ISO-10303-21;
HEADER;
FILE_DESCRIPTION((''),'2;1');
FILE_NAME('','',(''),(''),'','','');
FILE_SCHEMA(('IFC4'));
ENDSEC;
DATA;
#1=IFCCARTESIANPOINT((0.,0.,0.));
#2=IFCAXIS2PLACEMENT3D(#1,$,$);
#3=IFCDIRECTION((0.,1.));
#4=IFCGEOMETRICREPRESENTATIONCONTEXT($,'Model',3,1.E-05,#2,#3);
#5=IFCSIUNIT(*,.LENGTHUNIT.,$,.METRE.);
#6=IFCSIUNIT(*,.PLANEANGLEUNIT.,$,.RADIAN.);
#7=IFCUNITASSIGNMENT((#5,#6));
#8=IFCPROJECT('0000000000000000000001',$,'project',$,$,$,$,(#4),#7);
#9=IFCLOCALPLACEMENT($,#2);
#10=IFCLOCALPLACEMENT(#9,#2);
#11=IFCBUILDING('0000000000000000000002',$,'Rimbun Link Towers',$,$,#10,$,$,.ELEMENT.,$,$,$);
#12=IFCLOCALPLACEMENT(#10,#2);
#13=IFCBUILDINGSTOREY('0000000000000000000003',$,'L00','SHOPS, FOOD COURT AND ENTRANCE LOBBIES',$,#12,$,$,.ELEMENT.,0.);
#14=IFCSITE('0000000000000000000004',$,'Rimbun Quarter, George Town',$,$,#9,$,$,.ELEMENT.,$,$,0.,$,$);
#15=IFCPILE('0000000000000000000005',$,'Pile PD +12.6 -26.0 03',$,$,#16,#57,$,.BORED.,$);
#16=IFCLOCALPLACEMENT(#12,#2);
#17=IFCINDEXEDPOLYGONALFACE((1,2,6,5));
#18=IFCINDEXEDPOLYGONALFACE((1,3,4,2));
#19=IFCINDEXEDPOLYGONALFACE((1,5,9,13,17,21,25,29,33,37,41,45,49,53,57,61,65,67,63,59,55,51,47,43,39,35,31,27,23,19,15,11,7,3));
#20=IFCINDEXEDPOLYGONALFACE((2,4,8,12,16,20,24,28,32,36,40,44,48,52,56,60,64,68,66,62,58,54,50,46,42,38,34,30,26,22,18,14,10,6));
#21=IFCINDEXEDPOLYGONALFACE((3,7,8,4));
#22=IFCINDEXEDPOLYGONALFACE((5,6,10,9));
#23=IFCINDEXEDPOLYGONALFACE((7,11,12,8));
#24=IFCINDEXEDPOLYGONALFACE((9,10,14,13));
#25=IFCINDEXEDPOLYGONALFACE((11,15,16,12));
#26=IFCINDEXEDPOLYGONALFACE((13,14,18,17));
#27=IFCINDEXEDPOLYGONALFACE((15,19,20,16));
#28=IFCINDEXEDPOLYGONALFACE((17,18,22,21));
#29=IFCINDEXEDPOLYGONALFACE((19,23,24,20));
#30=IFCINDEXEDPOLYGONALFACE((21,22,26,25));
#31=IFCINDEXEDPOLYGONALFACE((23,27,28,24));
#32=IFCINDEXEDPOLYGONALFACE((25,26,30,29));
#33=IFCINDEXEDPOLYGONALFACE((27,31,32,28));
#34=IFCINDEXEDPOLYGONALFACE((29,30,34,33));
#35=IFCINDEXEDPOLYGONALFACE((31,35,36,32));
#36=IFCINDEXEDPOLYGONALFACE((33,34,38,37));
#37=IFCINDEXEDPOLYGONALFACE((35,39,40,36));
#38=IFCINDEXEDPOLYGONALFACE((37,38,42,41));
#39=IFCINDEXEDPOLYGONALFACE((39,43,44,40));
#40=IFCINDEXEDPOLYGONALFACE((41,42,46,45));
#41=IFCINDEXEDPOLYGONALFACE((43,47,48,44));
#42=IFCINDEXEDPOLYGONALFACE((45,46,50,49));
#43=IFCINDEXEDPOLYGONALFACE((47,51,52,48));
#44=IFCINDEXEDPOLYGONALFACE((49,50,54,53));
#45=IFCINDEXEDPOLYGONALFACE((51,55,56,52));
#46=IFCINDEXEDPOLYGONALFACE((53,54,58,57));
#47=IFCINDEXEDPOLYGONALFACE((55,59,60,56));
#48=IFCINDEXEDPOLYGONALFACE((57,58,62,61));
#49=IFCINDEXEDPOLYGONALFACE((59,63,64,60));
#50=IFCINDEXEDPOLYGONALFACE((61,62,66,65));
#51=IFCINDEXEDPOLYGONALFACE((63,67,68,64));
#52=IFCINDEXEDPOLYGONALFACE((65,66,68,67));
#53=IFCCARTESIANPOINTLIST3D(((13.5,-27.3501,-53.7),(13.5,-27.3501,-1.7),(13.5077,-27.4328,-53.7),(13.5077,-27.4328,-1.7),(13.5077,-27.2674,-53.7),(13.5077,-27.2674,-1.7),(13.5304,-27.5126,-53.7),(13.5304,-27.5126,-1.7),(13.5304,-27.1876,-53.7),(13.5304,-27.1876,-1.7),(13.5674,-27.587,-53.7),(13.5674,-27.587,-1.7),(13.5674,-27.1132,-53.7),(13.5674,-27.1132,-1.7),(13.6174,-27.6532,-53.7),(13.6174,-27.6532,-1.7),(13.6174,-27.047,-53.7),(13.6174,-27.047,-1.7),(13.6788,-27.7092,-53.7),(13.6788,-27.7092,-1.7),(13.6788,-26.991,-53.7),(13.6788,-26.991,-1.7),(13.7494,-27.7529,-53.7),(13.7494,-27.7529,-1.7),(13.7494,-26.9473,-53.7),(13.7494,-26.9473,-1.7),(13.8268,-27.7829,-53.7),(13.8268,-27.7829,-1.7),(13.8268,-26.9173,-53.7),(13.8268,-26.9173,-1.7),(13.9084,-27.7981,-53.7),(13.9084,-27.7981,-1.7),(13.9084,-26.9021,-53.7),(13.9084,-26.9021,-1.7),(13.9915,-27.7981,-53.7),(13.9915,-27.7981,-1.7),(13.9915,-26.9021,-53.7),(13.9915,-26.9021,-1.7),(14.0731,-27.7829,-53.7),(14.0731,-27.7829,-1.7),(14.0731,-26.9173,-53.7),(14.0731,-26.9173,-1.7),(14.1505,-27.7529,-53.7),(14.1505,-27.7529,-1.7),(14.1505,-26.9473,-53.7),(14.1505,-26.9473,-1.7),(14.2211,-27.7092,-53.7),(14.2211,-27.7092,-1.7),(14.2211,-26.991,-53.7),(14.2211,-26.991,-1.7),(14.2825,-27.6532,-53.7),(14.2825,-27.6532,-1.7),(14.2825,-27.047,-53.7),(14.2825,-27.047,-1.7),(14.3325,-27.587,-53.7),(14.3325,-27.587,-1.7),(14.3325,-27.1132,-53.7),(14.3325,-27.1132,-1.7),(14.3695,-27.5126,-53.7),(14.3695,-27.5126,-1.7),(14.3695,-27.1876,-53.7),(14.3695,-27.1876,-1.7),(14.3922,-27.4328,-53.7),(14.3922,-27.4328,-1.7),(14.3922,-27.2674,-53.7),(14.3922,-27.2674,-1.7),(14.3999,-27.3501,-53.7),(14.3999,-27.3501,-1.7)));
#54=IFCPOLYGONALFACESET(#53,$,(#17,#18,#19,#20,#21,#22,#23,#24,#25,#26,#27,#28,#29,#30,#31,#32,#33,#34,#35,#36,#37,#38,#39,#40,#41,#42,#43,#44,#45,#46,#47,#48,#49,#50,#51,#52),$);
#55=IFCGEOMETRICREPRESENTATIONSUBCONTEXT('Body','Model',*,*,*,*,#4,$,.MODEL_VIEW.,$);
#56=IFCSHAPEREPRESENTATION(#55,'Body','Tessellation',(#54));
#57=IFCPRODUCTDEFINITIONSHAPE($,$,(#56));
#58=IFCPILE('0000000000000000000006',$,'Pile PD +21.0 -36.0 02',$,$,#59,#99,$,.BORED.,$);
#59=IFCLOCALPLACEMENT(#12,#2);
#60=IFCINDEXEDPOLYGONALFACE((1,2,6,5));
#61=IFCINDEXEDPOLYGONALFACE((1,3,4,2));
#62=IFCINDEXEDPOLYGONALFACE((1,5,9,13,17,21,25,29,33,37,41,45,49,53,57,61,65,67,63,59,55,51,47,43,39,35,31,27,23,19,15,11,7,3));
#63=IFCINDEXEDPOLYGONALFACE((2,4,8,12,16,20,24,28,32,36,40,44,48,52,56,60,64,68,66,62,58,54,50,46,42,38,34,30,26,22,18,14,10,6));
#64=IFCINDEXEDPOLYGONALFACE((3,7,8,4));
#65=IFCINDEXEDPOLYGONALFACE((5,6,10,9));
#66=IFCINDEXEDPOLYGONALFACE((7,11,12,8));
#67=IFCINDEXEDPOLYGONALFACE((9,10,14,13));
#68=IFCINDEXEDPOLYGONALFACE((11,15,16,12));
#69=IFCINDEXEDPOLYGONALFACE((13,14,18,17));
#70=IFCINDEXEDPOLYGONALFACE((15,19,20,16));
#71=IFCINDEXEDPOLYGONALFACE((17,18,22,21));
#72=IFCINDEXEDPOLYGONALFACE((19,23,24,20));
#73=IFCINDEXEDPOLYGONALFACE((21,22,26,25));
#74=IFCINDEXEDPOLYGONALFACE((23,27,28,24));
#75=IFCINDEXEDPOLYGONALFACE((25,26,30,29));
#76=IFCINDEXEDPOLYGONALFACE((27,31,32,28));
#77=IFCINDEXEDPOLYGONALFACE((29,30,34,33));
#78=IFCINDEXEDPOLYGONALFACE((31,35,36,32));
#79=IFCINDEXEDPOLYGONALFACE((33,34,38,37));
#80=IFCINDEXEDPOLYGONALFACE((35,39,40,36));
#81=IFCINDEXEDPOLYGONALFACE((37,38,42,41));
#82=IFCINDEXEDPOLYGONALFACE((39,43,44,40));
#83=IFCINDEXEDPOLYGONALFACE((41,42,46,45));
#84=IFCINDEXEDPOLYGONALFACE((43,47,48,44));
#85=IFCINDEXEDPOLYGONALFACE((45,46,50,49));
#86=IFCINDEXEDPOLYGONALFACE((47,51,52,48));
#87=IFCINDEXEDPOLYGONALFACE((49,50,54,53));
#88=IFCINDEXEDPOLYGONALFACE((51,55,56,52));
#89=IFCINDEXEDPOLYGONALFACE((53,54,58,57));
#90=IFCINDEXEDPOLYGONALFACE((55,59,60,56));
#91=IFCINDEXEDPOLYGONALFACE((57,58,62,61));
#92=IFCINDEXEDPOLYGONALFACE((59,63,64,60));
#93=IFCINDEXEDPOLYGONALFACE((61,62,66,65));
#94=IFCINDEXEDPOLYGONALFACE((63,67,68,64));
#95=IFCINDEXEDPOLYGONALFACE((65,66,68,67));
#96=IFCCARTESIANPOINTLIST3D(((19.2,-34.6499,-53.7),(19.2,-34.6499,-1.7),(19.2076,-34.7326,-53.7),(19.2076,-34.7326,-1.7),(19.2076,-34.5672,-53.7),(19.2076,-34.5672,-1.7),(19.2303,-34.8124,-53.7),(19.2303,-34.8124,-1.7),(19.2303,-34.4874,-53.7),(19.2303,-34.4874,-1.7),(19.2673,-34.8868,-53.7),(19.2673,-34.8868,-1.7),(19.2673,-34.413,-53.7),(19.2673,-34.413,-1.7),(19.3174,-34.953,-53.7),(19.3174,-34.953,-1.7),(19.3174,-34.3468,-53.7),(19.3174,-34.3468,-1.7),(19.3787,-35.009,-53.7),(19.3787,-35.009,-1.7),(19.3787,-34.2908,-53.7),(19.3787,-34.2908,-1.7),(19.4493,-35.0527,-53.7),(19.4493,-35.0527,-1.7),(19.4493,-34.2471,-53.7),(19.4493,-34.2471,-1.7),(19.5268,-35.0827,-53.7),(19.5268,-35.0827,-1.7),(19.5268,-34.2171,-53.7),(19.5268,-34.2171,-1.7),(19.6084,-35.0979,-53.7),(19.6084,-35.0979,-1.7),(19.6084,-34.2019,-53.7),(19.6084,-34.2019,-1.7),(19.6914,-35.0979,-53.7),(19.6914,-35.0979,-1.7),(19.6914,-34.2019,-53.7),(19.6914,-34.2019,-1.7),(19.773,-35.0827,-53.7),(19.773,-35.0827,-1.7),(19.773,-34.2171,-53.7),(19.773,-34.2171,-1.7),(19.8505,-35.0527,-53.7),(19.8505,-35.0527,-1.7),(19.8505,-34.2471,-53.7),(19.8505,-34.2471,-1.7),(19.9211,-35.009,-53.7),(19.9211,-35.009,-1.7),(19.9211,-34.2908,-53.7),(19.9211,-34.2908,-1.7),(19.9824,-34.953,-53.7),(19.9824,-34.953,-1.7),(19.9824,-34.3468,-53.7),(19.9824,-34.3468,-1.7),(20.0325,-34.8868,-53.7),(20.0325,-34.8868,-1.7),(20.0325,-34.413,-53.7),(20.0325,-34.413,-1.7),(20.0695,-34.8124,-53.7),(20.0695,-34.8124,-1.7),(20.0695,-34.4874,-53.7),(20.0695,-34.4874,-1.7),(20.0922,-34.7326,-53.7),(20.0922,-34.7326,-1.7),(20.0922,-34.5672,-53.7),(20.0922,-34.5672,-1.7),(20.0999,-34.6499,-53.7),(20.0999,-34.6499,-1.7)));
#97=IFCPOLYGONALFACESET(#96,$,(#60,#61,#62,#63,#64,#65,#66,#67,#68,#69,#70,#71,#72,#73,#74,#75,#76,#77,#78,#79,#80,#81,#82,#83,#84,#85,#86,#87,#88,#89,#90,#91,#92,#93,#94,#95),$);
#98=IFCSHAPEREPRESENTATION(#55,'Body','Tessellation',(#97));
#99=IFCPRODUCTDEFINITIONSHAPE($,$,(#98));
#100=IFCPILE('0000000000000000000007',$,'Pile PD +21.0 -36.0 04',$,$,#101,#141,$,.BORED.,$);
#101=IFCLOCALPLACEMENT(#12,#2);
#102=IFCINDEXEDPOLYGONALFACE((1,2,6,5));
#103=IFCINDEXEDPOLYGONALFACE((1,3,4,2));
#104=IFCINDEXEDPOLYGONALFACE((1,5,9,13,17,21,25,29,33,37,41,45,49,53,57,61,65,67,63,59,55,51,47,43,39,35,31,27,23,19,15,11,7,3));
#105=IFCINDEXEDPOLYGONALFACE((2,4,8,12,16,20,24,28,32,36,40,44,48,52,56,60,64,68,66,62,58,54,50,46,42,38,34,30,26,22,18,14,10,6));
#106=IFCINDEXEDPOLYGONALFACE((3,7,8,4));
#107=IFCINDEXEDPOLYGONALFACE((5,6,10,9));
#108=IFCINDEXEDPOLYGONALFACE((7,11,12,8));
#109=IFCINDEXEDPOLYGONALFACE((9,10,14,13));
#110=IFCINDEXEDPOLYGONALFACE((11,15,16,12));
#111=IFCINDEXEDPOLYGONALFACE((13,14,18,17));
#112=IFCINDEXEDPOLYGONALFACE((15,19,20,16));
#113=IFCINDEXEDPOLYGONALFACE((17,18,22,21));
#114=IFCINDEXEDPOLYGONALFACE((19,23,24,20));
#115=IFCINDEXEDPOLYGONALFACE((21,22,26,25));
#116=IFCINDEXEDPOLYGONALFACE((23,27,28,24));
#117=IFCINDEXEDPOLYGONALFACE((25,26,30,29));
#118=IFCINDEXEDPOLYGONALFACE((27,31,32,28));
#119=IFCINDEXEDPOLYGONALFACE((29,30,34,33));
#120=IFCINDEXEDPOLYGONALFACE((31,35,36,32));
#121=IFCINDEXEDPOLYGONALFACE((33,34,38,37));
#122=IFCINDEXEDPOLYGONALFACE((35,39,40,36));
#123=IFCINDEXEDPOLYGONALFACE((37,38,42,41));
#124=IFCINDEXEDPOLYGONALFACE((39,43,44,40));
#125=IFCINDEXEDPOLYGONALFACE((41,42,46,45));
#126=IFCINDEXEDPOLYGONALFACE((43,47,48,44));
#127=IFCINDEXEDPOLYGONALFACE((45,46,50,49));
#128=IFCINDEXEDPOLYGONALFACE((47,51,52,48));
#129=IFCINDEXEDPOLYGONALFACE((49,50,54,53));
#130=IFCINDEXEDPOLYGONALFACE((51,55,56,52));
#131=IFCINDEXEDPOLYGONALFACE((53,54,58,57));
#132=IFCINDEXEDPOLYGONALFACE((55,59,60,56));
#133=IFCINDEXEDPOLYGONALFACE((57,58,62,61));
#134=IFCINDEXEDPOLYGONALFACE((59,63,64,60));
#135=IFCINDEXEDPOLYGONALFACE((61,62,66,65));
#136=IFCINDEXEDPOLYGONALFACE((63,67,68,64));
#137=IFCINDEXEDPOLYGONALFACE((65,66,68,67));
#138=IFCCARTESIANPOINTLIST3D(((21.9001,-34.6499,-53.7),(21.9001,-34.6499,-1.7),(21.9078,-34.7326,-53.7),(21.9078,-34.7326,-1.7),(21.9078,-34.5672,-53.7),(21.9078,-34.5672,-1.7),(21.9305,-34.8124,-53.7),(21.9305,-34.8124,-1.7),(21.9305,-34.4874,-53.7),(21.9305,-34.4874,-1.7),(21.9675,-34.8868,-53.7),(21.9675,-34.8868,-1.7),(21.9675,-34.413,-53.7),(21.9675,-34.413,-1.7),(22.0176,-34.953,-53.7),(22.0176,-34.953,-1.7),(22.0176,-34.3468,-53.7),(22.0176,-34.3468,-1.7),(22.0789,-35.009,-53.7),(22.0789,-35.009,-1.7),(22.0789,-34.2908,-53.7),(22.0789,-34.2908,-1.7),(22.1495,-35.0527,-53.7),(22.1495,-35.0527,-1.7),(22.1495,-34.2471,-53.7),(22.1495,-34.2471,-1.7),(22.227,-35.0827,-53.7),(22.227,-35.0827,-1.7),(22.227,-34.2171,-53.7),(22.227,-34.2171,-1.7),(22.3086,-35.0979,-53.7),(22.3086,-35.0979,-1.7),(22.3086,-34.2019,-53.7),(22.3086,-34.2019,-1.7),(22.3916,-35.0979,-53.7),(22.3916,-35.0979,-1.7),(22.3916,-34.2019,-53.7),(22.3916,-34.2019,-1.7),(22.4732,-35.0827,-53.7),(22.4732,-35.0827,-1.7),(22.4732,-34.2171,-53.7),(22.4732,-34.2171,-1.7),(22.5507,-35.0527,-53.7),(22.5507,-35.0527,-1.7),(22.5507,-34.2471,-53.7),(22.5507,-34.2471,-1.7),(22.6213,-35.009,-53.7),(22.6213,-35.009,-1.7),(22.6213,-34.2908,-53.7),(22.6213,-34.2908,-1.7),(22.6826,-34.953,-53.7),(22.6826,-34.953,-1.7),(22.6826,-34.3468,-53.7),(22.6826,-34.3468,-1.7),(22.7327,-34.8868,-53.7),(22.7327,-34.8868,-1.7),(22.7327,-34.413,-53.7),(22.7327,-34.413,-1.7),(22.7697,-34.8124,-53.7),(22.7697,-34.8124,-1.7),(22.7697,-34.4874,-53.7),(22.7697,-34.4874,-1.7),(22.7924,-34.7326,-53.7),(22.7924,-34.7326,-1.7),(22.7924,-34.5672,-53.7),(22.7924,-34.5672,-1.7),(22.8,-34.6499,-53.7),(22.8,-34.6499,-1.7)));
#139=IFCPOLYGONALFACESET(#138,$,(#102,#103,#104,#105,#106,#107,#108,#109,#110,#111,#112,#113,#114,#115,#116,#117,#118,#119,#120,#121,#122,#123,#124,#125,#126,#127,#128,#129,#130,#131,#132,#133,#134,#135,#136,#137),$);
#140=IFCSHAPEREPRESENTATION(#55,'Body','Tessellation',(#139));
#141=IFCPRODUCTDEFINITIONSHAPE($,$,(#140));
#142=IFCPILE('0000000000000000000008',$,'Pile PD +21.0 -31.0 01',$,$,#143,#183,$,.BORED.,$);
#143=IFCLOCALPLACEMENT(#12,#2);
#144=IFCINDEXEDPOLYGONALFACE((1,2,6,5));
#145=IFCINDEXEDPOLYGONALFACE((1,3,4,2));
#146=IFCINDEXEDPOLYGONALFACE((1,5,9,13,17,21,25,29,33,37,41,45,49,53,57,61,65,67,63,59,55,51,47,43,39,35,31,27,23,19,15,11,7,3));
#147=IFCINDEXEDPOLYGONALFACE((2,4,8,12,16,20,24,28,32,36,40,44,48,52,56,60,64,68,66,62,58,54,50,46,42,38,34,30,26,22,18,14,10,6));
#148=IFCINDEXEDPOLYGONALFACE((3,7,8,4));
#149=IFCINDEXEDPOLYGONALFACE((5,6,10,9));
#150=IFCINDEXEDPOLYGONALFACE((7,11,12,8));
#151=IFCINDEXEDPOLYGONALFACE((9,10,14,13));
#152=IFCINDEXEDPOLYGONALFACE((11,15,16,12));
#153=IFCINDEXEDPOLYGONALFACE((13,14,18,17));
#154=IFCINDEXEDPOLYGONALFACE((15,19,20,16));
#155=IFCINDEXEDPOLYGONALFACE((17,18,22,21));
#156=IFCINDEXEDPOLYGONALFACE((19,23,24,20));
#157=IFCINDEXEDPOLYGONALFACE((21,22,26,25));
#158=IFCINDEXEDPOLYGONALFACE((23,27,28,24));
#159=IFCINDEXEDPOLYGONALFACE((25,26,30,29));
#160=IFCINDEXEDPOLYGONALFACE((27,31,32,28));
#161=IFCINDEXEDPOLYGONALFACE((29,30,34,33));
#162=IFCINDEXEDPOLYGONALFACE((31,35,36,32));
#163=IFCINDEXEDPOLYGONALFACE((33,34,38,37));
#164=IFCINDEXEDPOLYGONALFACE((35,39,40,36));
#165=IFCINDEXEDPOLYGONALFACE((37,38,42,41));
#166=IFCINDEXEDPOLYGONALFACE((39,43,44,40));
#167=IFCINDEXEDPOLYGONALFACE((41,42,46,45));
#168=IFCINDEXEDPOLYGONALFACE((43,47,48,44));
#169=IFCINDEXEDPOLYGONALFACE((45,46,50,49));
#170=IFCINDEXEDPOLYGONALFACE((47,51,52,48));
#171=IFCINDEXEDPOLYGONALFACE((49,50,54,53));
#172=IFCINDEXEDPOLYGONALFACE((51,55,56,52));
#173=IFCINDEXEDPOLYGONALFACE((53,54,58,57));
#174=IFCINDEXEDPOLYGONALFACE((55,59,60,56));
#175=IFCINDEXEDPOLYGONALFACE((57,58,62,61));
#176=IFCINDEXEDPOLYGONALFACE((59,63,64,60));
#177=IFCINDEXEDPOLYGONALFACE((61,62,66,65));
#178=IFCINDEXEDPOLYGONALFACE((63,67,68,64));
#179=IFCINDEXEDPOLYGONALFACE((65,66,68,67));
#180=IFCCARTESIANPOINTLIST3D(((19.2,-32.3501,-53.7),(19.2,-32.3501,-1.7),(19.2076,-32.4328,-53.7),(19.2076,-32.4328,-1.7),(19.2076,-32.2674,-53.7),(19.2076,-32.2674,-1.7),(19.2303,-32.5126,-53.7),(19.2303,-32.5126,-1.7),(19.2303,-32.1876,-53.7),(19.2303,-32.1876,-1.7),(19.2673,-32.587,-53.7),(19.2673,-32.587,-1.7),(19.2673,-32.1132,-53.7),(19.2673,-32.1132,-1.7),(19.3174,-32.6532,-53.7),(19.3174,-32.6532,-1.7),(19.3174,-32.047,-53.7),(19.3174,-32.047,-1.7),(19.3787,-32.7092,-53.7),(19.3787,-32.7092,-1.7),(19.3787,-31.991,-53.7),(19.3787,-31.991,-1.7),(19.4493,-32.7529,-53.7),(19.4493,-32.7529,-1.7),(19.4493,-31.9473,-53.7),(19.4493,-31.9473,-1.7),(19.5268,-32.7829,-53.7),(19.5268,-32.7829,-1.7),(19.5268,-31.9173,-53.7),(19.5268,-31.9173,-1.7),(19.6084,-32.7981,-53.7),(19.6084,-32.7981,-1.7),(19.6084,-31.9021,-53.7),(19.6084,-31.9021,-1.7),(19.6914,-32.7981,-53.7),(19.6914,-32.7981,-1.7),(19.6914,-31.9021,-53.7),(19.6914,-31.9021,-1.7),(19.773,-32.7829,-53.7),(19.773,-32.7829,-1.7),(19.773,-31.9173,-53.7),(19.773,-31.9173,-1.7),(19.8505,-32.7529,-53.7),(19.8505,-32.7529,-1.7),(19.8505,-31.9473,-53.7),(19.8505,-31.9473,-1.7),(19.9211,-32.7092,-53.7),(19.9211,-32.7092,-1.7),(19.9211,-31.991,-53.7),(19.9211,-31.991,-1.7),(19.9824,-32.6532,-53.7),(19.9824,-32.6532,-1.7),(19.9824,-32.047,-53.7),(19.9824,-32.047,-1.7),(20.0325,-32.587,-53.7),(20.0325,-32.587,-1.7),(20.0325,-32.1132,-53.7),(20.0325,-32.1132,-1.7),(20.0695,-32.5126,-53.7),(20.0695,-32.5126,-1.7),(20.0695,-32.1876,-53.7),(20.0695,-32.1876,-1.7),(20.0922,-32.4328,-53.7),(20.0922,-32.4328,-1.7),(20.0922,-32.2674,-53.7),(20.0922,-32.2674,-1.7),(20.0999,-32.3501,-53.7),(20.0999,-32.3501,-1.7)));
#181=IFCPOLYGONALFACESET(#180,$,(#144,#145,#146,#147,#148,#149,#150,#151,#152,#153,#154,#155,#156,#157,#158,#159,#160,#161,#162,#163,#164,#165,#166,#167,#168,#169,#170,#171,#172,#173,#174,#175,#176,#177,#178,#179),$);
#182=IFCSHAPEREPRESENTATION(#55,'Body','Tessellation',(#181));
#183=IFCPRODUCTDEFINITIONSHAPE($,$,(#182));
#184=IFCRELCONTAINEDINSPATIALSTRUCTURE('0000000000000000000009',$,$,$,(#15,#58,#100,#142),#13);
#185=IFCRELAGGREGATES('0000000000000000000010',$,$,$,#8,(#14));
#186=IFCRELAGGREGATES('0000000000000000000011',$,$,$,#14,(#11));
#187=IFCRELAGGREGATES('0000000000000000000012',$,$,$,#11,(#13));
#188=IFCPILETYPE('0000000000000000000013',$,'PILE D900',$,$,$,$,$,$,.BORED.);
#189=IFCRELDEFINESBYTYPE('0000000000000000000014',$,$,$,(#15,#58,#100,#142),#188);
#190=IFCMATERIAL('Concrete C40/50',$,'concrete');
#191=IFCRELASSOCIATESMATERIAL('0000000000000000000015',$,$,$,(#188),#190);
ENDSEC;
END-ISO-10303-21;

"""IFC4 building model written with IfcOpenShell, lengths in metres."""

from ifc_helpers import new_model, si_unit, direction, frame, origin, origin_2d, place, context, subcontext, project, spatial, circle, extrude, material, material_profile, profile_set, type_object, element, save


model = new_model("IFC4")

# Units and contexts
model_context = context("Model", 3, precision=1e-05, world=origin(), true_north=direction((0.0, 1.0)))
body_context = subcontext(model_context, "Body", "Model", "MODEL_VIEW")
ifc_project = project(units=[si_unit("LENGTHUNIT", "METRE"), si_unit("PLANEANGLEUNIT", "RADIAN")], contexts=[model_context])

# Site, building, storey
site_placement = place(None, origin())
site = spatial("IfcSite", under=ifc_project, at=site_placement, Name="Rimbun Quarter, George Town", CompositionType="ELEMENT", RefElevation=0.0)
building_placement = place(site_placement, origin())
building = spatial("IfcBuilding", under=site, at=building_placement, Name="Rimbun Link Towers", CompositionType="ELEMENT")
storey_placement = place(building_placement, origin())
storey = spatial("IfcBuildingStorey", under=building, at=storey_placement, Name="L00", Description="SHOPS, FOOD COURT AND ENTRANCE LOBBIES", CompositionType="ELEMENT", Elevation=0.0)

# Piles
ifc_material_1 = material(Name="Concrete C40/50", Category="concrete")
ifc_material_profile_1 = material_profile(ifc_material_1, circle(Radius=0.45, at=origin_2d()), Name="PILE D900")
ifc_profile_set_1 = profile_set([ifc_material_profile_1], Name="Concrete C40/50")
pile_type_1 = type_object("IfcPileType", Name="PILE D900", PredefinedType="BORED", material=ifc_profile_set_1)
for number, where, z_axis, x_axis, name in (
    (1, (13.95, -27.3501, -1.7), (0.0, 0.0, -1.0), (1.0, 0.0, 0.0), "Pile PD +12.6 -26.0 03"),
    (2, (19.6499, -34.6499, -1.7), (0.0, 0.0, -1.0), (1.0, 0.0, 0.0), "Pile PD +21.0 -36.0 02"),
    (3, (22.3501, -34.6499, -1.7), (0.0, 0.0, -1.0), (1.0, 0.0, 0.0), "Pile PD +21.0 -36.0 04"),
    (4, (19.6499, -32.3501, -1.7), (0.0, 0.0, -1.0), (1.0, 0.0, 0.0), "Pile PD +21.0 -31.0 01"),
):
    element("IfcPile", number, at=place(storey_placement, frame(where, z_axis=z_axis, x_axis=x_axis)), inside=storey, type_object=pile_type_1, Name=name, PredefinedType="BORED", context=body_context, shape_type="SweptSolid", body=[
        extrude(circle(Radius=0.45, at=origin_2d()), origin(), (0.0, 0.0, 1.0), 52.0),
    ])

save(model, "model.ifc")
